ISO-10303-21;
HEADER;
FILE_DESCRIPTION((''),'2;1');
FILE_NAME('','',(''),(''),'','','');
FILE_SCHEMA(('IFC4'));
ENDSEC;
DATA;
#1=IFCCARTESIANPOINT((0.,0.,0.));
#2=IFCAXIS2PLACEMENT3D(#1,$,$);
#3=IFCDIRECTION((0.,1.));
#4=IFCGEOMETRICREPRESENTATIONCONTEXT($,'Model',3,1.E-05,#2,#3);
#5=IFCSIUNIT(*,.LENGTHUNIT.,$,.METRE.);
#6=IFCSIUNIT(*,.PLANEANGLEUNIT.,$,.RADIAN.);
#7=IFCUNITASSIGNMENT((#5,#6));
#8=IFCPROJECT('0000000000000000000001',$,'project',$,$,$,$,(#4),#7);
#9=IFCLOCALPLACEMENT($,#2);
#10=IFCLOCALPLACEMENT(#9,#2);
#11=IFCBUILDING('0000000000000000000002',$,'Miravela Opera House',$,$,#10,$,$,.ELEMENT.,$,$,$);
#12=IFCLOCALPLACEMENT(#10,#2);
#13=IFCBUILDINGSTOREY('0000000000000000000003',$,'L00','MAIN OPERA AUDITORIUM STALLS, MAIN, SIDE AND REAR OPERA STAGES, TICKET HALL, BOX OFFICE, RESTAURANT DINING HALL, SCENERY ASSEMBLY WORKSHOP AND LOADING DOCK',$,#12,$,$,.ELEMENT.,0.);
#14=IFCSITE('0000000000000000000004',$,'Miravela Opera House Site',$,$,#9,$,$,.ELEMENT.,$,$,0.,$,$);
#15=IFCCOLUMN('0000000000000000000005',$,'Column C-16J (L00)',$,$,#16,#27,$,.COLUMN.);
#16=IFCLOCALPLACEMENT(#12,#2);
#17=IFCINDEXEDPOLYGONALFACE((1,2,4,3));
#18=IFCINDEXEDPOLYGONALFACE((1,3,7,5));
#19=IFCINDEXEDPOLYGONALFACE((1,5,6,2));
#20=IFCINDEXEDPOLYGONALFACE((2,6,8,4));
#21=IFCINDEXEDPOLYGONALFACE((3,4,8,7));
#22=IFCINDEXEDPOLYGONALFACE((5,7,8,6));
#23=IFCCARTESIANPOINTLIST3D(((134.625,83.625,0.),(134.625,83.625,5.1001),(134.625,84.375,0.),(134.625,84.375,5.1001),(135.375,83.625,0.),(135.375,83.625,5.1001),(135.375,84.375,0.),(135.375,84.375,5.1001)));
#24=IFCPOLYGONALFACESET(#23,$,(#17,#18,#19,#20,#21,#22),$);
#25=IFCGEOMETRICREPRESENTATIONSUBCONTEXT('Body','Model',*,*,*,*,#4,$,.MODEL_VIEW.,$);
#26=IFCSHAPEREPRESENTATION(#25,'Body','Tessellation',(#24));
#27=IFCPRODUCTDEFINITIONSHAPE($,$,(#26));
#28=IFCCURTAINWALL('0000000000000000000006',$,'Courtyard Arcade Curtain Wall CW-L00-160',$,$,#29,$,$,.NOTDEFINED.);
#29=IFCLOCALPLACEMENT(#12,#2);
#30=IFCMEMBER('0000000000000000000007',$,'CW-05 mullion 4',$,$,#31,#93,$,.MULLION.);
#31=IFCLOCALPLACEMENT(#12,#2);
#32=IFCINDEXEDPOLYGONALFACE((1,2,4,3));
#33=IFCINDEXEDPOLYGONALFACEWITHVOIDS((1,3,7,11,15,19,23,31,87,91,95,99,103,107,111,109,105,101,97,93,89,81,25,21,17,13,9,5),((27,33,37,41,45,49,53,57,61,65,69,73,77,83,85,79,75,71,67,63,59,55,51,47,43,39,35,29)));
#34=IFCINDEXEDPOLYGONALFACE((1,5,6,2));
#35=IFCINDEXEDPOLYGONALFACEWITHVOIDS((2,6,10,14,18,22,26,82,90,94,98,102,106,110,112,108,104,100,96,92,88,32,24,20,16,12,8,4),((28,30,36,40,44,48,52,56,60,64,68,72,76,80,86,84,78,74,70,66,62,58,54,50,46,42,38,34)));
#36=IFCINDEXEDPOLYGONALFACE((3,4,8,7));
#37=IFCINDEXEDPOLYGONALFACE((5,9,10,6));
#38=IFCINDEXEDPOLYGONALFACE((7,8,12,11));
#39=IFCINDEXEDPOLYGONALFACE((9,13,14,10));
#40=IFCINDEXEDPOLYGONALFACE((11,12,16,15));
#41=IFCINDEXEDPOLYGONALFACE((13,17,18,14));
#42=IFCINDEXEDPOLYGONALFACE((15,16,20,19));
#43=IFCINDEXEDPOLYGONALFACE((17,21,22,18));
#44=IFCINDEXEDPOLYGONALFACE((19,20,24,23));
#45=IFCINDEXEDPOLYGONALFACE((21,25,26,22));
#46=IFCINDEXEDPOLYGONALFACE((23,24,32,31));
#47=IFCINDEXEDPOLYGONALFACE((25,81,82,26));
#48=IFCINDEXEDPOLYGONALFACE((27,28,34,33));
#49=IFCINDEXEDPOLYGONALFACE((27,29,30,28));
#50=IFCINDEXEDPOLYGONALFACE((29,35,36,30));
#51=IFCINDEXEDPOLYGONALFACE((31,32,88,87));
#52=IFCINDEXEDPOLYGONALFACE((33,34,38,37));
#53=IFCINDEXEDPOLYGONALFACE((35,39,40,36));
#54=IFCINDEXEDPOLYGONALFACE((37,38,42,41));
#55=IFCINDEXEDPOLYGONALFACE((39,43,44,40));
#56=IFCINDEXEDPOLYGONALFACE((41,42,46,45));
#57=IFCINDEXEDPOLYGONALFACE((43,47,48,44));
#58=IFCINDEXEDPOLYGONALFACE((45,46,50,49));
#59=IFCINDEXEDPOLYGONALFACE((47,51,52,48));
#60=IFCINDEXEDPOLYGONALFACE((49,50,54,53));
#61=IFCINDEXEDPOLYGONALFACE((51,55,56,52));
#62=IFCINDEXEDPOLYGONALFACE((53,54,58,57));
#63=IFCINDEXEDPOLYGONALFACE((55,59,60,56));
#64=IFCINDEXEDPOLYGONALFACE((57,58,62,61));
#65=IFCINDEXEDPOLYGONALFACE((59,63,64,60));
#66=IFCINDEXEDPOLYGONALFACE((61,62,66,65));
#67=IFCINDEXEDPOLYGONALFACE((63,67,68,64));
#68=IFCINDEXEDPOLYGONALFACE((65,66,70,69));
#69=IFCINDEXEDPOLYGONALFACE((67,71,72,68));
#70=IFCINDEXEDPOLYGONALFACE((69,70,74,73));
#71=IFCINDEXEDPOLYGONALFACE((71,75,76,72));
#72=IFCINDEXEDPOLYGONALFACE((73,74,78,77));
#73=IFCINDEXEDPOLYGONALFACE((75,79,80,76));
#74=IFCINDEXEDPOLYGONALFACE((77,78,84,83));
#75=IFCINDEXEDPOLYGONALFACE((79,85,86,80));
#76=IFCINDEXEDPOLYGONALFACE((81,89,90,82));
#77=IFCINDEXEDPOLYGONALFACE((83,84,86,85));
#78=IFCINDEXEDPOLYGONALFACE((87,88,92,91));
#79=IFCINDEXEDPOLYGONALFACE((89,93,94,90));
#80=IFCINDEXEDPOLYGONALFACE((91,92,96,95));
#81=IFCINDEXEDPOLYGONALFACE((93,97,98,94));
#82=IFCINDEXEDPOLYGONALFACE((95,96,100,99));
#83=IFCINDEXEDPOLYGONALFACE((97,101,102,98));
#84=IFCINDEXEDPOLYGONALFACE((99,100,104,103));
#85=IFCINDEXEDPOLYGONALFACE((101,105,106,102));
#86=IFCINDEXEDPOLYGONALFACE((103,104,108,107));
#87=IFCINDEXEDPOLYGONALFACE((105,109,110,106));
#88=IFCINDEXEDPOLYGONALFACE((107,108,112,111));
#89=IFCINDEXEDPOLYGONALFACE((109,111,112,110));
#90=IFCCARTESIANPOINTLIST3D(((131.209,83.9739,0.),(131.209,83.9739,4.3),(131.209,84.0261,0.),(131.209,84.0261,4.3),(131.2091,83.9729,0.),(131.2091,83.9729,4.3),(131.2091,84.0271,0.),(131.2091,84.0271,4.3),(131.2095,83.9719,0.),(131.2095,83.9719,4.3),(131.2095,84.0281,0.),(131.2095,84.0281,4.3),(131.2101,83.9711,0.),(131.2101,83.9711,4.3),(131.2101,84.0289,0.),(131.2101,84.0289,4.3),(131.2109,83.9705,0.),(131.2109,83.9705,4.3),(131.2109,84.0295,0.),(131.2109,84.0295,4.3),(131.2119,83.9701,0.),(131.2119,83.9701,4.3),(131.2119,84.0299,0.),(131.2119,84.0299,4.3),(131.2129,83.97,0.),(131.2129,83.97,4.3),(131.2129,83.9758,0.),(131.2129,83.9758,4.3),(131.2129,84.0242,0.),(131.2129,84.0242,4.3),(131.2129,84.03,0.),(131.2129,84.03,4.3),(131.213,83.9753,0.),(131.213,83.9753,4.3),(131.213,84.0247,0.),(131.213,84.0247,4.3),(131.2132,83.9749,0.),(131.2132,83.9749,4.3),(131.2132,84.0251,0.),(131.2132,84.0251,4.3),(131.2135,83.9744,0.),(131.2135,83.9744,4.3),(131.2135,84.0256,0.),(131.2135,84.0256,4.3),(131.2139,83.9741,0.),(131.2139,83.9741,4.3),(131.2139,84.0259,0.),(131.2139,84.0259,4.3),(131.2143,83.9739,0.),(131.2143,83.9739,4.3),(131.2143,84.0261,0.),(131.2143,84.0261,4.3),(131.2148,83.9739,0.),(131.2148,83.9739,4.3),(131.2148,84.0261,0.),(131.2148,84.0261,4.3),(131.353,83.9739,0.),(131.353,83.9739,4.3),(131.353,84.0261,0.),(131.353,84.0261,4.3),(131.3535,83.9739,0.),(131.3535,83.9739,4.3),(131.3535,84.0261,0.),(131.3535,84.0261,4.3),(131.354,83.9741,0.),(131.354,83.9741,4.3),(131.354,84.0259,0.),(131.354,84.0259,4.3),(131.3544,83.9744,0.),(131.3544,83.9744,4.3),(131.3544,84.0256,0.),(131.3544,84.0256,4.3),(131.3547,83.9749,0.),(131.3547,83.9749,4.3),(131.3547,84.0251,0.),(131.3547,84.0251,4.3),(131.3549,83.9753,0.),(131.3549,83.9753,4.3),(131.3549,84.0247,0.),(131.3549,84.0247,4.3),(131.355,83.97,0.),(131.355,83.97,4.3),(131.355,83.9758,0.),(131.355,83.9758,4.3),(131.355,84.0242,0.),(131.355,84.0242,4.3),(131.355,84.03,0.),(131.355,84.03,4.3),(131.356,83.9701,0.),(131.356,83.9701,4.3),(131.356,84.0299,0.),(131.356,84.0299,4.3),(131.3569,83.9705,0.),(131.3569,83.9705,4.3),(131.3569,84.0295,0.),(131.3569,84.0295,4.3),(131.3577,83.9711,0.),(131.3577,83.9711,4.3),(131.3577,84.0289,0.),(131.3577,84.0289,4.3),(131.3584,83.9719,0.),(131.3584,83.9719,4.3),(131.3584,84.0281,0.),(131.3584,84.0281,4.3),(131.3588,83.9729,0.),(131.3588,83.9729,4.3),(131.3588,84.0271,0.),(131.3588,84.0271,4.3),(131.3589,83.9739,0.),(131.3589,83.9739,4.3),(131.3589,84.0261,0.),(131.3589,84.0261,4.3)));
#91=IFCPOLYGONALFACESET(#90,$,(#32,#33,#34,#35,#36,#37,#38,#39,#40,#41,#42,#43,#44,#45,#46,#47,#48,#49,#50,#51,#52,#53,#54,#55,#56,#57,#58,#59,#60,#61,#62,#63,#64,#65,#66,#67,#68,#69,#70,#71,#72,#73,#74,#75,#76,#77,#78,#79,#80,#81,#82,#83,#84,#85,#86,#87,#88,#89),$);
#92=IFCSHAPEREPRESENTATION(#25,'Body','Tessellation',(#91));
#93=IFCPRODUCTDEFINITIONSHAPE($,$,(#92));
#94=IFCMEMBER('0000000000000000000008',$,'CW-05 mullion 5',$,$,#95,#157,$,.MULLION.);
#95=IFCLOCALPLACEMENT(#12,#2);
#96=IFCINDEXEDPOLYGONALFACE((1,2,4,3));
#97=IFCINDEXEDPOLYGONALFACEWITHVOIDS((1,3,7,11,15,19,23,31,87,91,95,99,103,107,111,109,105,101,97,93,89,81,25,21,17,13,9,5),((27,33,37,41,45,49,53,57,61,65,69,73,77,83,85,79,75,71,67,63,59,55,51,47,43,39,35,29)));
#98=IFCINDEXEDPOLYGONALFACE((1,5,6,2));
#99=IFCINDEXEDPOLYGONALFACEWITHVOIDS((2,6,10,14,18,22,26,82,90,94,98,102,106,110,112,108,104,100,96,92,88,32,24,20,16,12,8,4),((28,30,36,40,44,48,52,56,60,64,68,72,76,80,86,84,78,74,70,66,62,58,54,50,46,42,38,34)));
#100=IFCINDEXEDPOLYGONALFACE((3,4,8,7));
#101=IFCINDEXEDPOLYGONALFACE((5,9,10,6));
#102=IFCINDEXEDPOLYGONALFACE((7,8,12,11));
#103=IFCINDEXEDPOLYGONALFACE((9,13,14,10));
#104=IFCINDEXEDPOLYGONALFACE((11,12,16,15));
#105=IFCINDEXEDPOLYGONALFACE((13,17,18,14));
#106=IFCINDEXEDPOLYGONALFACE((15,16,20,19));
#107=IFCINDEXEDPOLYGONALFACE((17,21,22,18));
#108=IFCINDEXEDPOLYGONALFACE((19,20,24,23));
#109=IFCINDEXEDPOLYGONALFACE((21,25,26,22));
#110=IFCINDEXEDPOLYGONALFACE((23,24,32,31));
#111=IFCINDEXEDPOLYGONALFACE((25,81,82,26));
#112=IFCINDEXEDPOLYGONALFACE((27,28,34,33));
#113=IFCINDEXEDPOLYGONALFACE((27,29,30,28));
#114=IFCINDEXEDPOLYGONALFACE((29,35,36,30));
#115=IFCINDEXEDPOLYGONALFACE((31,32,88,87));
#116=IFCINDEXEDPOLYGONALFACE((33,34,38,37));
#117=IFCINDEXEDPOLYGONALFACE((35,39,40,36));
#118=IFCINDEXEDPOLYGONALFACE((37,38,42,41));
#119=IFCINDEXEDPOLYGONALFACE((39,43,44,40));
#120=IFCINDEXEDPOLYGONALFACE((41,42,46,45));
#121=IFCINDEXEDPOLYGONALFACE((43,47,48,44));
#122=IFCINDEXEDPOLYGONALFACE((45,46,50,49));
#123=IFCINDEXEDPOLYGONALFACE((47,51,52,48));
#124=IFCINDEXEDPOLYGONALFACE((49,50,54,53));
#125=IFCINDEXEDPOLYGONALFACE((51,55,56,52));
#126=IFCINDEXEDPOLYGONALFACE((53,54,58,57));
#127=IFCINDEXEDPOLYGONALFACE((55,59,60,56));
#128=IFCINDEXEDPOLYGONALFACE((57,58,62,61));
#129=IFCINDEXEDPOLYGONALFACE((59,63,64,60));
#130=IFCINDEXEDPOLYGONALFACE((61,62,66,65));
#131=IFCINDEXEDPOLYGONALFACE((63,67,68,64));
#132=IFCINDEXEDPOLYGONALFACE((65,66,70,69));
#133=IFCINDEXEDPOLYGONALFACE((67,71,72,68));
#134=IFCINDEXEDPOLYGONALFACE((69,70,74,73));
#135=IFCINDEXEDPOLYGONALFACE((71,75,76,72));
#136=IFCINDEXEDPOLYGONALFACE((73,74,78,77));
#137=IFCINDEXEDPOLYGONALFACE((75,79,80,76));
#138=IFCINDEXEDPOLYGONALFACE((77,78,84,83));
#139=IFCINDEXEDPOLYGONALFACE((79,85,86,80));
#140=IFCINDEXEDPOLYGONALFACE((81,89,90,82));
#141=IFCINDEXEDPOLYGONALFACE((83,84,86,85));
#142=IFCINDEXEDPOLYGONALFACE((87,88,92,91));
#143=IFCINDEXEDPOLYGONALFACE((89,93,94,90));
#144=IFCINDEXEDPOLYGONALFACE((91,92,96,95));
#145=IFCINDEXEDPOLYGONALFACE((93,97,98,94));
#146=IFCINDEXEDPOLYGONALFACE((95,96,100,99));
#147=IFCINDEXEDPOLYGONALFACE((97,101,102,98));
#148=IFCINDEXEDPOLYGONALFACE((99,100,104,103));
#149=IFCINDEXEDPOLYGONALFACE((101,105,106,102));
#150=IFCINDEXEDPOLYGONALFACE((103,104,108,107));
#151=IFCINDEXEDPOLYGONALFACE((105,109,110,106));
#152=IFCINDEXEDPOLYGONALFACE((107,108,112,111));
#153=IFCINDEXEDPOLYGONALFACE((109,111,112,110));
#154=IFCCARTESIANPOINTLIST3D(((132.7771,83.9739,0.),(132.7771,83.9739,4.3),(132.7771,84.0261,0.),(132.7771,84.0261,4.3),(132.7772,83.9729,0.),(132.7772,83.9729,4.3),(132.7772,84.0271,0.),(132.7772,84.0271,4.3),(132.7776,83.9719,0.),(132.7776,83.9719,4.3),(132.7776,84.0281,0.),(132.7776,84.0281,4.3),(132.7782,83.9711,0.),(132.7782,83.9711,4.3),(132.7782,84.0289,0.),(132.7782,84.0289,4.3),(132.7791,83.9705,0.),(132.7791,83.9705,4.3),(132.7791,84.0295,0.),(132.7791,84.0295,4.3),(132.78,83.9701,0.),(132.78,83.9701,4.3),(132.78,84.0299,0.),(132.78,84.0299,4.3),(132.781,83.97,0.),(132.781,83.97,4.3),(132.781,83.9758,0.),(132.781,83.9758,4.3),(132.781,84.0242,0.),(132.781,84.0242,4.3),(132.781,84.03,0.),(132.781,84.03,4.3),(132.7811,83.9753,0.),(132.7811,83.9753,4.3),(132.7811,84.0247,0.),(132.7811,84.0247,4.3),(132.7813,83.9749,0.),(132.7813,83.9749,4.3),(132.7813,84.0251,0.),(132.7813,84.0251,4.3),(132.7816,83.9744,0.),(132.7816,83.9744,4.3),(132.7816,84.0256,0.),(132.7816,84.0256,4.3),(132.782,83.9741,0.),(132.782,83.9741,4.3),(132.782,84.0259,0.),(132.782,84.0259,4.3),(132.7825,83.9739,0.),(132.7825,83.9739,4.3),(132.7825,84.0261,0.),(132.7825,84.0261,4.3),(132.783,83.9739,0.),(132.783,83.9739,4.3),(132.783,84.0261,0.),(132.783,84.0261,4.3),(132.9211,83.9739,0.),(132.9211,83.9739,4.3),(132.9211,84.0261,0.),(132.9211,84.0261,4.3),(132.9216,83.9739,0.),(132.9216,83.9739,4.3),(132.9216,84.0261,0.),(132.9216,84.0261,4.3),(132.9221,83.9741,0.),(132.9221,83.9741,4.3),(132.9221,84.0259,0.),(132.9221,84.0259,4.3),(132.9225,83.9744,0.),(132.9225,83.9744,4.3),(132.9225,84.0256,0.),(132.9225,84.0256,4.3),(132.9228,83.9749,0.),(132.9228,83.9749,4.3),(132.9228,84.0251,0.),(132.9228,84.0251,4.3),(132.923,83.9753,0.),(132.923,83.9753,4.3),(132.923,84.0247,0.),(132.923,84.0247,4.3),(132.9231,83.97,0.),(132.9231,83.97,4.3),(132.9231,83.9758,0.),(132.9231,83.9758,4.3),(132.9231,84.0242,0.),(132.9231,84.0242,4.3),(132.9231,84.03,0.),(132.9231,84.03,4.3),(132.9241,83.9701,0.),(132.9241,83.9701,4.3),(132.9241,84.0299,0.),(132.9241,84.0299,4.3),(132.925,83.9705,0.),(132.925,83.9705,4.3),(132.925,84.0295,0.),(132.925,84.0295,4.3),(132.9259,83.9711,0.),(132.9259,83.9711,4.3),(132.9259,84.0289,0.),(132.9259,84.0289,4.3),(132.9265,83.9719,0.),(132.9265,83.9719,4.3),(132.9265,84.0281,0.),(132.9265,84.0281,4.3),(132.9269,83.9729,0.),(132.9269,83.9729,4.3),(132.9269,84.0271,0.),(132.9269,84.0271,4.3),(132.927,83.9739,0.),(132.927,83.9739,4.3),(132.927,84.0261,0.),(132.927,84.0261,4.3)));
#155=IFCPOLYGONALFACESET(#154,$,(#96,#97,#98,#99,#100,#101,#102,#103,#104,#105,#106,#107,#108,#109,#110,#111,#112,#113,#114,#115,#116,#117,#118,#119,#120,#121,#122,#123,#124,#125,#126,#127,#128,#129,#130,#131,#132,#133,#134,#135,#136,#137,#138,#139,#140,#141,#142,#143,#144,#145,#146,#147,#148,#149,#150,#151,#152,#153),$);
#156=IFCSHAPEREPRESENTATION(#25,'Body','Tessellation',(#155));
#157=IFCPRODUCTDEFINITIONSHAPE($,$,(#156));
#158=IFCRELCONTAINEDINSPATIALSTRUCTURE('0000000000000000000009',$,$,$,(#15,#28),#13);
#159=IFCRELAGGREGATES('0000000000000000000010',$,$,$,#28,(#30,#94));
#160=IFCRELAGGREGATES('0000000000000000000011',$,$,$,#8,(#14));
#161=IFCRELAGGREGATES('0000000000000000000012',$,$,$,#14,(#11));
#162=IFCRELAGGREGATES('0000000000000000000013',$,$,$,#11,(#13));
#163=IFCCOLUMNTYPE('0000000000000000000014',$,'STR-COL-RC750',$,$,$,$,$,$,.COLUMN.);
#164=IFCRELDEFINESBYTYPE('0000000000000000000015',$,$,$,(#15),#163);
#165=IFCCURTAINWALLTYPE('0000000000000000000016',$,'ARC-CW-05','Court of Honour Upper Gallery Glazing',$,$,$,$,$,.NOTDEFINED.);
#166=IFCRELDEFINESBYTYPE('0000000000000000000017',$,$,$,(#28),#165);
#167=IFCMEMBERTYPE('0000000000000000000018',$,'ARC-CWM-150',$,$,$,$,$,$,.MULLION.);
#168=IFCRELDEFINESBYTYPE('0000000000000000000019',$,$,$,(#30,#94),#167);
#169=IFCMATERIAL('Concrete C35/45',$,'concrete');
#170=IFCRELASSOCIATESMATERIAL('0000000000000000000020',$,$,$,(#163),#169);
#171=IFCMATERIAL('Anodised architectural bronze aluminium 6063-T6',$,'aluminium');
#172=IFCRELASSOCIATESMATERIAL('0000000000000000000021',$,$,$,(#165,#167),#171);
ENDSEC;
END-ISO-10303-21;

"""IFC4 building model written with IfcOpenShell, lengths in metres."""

from ifc_helpers import new_model, si_unit, direction, frame, origin, origin_2d, place, context, subcontext, project, spatial, rectangle, hollow_rectangle, extrude, material, material_profile, profile_set, type_object, element, aggregate, save


model = new_model("IFC4")

# Units and contexts
model_context = context("Model", 3, precision=1e-05, world=origin(), true_north=direction((0.0, 1.0)))
body_context = subcontext(model_context, "Body", "Model", "MODEL_VIEW")
ifc_project = project(units=[si_unit("LENGTHUNIT", "METRE"), si_unit("PLANEANGLEUNIT", "RADIAN")], contexts=[model_context])

# Site, building, storey
site_placement = place(None, origin())
site = spatial("IfcSite", under=ifc_project, at=site_placement, Name="Miravela Opera House Site", CompositionType="ELEMENT", RefElevation=0.0)
building_placement = place(site_placement, origin())
building = spatial("IfcBuilding", under=site, at=building_placement, Name="Miravela Opera House", CompositionType="ELEMENT")
storey_placement = place(building_placement, origin())
storey = spatial("IfcBuildingStorey", under=building, at=storey_placement, Name="L00", Description="MAIN OPERA AUDITORIUM STALLS, MAIN, SIDE AND REAR OPERA STAGES, TICKET HALL, BOX OFFICE, RESTAURANT DINING HALL, SCENERY ASSEMBLY WORKSHOP AND LOADING DOCK", CompositionType="ELEMENT", Elevation=0.0)

# Column
ifc_material_1 = material(Name="Concrete C35/45", Category="concrete")
ifc_material_profile_1 = material_profile(ifc_material_1, rectangle(XDim=0.75, YDim=0.75, at=origin_2d()), Name="RC-COL-750X750")
ifc_profile_set_1 = profile_set([ifc_material_profile_1])
column_type = type_object("IfcColumnType", Name="STR-COL-RC750", PredefinedType="COLUMN", material=ifc_profile_set_1)
column_placement = place(storey_placement, frame((135.0, 84.0, 0.0), z_axis=(0.0, 0.0, 1.0), x_axis=(1.0, 0.0, 0.0)))
element("IfcColumn", 1, at=column_placement, inside=storey, type_object=column_type, Name="Column C-16J (L00)", PredefinedType="COLUMN", context=body_context, shape_type="SweptSolid", body=[
    extrude(rectangle(XDim=0.75, YDim=0.75, at=origin_2d()), origin(), (0.0, 0.0, 1.0), 5.1001),
])

# Curtain wall, members
ifc_material_2 = material(Name="Anodised architectural bronze aluminium 6063-T6", Category="aluminium")
curtain_wall_type = type_object("IfcCurtainWallType", Name="ARC-CW-05", Description="Court of Honour Upper Gallery Glazing", PredefinedType="NOTDEFINED", material=ifc_material_2)
curtain_wall_placement = place(storey_placement, origin())
curtain_wall = element("IfcCurtainWall", 2, at=curtain_wall_placement, inside=storey, type_object=curtain_wall_type, Name="Courtyard Arcade Curtain Wall CW-L00-160", PredefinedType="NOTDEFINED")
ifc_material_profile_2 = material_profile(ifc_material_2, hollow_rectangle(XDim=0.0601, YDim=0.1499, WallThickness=0.0039, InnerFilletRadius=0.002, OuterFilletRadius=0.0039, at=origin_2d()), Name="CWM-60X150")
ifc_profile_set_2 = profile_set([ifc_material_profile_2])
member_type_1 = type_object("IfcMemberType", Name="ARC-CWM-150", PredefinedType="MULLION", material=ifc_profile_set_2)
member_1_placement = place(storey_placement, frame((131.2839, 84.0, 0.0), z_axis=(0.0, 0.0, 1.0), x_axis=(0.0, 1.0, 0.0)))
member_1 = element("IfcMember", 3, at=member_1_placement, type_object=member_type_1, Name="CW-05 mullion 4", PredefinedType="MULLION", context=body_context, shape_type="SweptSolid", body=[
    extrude(hollow_rectangle(XDim=0.0601, YDim=0.1499, WallThickness=0.0039, InnerFilletRadius=0.002, OuterFilletRadius=0.0039, at=origin_2d()), origin(), (0.0, 0.0, 1.0), 4.3),
])
member_2_placement = place(storey_placement, frame((132.8521, 84.0, 0.0), z_axis=(0.0, 0.0, 1.0), x_axis=(0.0, 1.0, 0.0)))
member_2 = element("IfcMember", 4, at=member_2_placement, type_object=member_type_1, Name="CW-05 mullion 5", PredefinedType="MULLION", context=body_context, shape_type="SweptSolid", body=[
    extrude(hollow_rectangle(XDim=0.0601, YDim=0.1499, WallThickness=0.0039, InnerFilletRadius=0.002, OuterFilletRadius=0.0039, at=origin_2d()), origin(), (0.0, 0.0, 1.0), 4.3),
])
aggregate(curtain_wall, [member_1, member_2])

save(model, "model.ifc")
